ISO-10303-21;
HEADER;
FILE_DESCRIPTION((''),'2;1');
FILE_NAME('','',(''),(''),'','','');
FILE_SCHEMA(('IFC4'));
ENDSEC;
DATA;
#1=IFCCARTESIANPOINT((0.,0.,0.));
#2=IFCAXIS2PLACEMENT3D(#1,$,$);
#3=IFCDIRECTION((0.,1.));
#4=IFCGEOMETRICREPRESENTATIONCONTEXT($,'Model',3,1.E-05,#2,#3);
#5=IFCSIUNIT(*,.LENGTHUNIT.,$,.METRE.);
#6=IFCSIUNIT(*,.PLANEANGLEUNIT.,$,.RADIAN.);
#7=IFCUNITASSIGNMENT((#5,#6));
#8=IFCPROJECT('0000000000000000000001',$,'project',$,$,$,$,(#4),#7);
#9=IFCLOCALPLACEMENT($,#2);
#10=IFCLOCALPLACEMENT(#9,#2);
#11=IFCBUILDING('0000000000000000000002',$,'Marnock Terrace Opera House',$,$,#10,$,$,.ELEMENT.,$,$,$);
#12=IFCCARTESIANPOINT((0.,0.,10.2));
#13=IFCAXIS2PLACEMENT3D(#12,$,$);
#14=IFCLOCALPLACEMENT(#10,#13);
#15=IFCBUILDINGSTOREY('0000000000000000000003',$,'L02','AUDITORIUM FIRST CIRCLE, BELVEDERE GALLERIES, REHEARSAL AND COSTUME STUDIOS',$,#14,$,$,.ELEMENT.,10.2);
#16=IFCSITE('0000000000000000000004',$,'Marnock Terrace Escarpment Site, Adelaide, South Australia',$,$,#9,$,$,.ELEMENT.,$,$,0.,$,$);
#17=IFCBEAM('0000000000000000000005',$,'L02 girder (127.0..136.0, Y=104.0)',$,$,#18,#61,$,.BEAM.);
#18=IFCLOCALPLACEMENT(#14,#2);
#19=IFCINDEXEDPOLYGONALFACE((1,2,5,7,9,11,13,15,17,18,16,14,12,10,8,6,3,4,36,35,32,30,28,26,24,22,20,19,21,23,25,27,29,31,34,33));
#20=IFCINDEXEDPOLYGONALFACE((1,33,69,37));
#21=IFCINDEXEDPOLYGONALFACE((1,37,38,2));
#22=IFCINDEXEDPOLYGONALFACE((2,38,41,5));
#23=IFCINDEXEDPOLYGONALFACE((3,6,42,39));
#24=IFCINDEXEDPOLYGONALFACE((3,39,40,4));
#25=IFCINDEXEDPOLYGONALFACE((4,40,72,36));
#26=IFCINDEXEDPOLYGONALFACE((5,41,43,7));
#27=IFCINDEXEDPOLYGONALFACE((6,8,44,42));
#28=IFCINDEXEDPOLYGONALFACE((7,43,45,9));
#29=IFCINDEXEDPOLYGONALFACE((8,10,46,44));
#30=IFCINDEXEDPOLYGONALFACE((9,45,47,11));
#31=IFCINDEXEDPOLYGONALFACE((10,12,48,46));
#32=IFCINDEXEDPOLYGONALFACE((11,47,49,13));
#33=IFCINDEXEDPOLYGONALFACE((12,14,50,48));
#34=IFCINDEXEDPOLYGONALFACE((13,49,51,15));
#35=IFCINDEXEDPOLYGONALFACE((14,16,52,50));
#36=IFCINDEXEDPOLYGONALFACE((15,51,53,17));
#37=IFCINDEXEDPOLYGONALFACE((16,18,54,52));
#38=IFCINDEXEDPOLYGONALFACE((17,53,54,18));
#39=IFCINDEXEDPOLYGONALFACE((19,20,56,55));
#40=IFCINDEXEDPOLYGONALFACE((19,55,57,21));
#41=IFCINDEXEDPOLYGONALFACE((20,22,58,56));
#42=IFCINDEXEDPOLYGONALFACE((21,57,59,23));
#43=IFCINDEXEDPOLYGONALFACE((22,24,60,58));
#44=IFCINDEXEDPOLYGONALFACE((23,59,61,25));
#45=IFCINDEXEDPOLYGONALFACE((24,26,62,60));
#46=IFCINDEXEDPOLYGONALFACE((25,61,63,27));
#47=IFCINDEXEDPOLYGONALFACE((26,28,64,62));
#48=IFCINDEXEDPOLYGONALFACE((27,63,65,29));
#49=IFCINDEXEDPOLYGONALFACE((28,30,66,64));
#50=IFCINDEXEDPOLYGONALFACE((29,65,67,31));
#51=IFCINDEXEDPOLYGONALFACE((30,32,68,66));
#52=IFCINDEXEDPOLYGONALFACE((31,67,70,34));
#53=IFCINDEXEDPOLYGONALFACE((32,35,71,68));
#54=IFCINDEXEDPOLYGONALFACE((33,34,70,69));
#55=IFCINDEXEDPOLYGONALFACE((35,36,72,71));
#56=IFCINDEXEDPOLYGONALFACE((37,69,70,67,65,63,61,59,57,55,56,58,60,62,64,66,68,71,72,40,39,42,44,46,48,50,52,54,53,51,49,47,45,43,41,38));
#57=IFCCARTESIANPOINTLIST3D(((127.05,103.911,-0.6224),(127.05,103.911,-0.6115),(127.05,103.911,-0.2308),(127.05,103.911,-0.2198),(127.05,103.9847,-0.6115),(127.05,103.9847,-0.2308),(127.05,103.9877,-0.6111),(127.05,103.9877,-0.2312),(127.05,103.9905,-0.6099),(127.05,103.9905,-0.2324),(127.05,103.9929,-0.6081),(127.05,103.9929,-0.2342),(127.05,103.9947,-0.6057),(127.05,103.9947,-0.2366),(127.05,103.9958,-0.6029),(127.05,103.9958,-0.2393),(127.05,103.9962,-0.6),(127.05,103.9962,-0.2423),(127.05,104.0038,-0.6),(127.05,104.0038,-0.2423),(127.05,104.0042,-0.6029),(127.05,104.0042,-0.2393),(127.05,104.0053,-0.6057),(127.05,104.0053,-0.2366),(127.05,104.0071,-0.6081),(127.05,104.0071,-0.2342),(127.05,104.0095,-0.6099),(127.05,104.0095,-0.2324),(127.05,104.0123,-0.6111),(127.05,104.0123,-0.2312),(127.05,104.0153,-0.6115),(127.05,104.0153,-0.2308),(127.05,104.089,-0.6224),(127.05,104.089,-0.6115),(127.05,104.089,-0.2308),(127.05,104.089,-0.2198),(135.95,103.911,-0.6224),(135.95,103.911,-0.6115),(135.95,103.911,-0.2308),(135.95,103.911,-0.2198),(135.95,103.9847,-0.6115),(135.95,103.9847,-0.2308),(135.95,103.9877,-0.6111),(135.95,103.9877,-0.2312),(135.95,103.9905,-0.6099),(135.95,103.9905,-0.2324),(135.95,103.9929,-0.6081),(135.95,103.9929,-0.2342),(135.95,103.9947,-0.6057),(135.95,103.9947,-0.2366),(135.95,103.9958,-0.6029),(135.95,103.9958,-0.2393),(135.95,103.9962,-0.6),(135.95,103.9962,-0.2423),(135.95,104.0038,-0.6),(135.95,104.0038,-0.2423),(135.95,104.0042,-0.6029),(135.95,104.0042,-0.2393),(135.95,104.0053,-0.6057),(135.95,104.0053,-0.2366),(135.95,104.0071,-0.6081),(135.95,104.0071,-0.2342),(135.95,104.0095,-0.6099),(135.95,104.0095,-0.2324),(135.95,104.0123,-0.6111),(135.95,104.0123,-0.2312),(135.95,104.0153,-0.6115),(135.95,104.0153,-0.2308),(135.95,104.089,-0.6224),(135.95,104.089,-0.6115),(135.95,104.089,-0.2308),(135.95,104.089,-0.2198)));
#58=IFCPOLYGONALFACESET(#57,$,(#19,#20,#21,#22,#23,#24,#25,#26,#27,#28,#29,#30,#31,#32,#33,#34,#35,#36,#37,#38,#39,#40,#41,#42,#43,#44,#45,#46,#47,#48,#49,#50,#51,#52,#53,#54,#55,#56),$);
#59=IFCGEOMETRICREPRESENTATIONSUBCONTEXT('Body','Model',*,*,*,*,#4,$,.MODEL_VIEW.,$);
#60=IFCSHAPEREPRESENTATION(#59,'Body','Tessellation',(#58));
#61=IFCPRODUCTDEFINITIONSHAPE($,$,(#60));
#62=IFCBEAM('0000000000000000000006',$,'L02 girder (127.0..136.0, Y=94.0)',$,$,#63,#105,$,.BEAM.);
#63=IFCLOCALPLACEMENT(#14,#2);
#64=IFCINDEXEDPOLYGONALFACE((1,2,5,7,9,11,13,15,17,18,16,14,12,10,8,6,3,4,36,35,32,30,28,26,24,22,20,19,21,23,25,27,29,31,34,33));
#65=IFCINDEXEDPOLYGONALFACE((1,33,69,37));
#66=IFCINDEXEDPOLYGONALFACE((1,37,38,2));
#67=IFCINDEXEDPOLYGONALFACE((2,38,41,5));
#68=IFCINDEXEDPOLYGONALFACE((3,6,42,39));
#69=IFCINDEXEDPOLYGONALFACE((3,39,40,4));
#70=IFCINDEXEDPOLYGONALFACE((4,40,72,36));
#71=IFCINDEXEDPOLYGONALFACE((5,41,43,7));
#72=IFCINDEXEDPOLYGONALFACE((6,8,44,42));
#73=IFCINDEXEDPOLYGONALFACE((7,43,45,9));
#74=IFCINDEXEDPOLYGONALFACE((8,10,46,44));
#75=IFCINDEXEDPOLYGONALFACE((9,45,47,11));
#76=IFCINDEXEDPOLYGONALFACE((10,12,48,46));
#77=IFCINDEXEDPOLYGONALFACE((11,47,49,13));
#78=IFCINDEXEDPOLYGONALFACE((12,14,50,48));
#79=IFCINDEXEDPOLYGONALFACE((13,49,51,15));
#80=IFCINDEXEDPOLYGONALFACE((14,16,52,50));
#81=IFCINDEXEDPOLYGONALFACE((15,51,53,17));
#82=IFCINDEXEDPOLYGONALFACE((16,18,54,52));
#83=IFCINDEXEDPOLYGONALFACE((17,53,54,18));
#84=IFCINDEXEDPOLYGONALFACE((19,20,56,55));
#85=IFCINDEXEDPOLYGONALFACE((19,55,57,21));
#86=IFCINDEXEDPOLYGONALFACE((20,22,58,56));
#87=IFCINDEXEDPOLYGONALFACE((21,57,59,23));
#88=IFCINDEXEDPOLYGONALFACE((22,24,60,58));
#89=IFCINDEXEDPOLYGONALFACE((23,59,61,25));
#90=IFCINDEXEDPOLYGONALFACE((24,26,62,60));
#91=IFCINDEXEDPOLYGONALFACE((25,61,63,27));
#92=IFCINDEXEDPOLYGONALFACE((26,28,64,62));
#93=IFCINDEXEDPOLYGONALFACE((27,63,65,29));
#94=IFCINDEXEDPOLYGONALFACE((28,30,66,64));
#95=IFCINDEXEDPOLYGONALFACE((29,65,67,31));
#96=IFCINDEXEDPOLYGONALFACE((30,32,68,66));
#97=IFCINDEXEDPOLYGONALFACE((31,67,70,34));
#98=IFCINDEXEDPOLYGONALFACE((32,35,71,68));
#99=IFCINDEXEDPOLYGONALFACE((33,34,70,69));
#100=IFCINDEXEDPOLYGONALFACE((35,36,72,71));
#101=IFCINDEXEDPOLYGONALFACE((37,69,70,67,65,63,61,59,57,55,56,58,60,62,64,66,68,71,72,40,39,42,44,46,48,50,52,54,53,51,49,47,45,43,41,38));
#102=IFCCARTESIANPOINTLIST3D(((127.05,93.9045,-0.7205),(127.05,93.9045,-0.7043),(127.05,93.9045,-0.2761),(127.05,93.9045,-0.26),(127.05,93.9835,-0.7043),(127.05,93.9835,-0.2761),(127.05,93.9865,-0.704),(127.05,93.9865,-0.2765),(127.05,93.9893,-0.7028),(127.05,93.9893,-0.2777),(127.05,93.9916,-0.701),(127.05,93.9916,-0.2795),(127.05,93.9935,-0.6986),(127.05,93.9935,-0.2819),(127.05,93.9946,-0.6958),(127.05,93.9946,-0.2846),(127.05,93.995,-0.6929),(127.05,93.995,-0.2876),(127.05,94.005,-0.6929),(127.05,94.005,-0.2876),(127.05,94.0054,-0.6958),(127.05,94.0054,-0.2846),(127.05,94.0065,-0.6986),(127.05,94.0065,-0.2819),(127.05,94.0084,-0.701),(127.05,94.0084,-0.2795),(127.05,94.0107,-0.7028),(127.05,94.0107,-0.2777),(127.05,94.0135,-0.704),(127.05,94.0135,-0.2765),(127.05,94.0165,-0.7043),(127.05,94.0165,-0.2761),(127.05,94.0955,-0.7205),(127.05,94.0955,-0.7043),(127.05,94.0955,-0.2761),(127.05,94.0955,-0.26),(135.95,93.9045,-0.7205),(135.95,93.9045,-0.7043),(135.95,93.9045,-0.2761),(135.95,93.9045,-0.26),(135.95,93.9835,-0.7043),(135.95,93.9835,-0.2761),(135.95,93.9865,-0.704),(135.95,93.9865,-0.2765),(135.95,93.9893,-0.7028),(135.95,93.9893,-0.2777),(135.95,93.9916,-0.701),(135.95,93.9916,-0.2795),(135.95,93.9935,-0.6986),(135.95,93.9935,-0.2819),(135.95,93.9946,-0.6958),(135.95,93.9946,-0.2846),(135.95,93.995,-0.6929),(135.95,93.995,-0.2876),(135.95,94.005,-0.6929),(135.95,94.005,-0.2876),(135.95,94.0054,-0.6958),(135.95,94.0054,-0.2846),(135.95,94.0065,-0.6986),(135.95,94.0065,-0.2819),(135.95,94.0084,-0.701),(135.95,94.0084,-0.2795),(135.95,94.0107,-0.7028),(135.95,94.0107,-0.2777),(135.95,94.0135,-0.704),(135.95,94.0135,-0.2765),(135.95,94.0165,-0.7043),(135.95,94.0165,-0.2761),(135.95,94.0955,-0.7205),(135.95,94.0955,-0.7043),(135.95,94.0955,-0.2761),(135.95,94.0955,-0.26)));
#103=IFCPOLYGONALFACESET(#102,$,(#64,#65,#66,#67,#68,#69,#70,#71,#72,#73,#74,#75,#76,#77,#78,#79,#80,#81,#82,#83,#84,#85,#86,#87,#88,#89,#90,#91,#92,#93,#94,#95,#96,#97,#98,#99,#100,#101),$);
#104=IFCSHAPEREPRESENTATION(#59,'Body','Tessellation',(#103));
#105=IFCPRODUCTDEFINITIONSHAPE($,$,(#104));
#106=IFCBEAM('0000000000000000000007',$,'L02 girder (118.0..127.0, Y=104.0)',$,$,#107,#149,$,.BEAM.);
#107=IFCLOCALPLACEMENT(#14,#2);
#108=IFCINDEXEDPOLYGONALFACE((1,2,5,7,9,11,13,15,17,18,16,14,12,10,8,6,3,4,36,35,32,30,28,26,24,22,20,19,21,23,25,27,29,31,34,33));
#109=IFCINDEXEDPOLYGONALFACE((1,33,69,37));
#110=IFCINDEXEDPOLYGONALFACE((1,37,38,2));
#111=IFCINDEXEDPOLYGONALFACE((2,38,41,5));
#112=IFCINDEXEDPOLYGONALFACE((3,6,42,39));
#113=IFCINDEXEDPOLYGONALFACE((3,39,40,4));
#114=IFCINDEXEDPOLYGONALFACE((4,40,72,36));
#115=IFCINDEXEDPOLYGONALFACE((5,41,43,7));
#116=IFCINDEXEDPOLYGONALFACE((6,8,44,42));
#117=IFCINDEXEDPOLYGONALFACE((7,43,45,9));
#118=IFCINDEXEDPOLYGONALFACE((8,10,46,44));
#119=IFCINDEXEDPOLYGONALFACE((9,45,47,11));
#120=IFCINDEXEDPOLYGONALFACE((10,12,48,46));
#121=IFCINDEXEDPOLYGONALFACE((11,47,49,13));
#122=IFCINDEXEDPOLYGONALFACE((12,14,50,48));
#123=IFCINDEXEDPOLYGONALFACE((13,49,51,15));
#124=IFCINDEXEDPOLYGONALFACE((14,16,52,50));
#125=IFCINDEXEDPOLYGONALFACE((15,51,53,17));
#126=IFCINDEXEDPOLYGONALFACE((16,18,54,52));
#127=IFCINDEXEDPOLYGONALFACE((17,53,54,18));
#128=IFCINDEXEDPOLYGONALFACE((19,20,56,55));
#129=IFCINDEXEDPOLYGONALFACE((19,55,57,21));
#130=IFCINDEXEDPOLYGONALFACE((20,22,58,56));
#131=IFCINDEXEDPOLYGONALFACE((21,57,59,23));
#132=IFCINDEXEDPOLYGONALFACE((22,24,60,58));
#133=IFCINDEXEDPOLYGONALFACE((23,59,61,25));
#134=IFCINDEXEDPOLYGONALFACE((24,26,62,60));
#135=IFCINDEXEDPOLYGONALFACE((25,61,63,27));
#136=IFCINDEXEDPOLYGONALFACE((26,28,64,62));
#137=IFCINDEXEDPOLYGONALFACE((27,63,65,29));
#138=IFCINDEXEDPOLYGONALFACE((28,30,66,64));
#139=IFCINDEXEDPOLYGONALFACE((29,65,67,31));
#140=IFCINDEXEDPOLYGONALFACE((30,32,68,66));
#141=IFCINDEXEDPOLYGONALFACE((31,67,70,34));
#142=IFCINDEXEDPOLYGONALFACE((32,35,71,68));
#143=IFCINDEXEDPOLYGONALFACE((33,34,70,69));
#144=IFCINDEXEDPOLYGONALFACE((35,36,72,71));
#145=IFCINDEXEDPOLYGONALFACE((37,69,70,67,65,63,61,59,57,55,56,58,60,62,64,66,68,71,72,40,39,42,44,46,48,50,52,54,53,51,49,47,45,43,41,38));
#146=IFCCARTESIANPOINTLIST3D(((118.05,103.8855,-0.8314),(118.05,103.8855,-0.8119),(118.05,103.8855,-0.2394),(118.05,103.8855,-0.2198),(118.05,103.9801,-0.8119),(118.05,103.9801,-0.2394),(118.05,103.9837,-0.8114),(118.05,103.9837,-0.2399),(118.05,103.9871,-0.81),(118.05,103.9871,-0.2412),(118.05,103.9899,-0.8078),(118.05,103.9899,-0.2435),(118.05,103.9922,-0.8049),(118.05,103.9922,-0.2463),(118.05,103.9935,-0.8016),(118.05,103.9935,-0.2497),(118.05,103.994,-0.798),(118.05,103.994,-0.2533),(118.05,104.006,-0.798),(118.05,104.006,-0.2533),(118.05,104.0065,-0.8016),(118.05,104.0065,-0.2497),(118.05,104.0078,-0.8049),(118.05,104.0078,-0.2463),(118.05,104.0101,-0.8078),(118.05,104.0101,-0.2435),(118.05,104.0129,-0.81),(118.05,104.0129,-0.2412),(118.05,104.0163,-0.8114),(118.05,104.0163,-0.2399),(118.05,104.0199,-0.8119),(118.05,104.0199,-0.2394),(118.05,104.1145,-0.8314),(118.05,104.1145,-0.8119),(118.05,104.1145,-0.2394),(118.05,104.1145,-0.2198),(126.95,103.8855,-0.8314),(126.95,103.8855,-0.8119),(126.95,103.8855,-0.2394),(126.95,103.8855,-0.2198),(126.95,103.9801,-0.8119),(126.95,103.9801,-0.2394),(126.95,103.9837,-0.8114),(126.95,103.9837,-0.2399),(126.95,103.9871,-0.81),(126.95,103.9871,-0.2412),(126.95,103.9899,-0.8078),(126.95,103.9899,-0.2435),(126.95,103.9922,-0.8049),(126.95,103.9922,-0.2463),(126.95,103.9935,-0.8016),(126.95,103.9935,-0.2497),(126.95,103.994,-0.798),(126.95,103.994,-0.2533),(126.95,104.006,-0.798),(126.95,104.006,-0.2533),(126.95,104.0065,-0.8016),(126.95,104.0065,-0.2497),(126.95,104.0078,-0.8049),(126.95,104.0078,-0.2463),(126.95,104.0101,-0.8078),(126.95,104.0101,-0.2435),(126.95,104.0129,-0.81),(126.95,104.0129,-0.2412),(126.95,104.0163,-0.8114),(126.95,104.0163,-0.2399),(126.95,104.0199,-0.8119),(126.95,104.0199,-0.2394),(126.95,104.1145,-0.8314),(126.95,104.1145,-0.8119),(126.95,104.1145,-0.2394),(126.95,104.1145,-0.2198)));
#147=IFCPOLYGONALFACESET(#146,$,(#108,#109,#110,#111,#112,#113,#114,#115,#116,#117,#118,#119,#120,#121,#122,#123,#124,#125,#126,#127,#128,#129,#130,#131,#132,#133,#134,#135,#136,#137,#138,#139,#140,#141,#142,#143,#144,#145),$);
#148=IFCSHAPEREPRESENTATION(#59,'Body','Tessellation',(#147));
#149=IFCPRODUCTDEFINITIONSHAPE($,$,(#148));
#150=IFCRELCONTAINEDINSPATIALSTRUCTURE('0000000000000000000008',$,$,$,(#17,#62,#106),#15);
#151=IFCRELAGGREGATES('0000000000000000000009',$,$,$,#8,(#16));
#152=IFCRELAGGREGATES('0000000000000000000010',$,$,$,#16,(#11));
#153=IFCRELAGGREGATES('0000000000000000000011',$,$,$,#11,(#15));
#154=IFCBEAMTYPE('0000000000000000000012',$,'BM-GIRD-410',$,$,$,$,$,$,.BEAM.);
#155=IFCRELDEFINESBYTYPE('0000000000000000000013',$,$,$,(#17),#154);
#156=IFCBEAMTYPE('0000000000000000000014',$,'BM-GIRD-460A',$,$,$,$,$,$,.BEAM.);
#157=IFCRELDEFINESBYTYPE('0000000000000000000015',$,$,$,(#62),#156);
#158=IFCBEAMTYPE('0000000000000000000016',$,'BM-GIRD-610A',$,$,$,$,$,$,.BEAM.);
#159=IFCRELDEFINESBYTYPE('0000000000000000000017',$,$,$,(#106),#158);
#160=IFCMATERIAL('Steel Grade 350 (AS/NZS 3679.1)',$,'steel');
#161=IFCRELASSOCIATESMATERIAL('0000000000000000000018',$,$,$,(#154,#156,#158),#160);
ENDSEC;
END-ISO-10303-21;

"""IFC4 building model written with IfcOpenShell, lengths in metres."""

from ifc_helpers import new_model, si_unit, direction, frame, origin, origin_2d, place, context, subcontext, project, spatial, i_section, extrude, material, material_profile, profile_set, type_object, element, save


model = new_model("IFC4")

# Units and contexts
model_context = context("Model", 3, precision=1e-05, world=origin(), true_north=direction((0.0, 1.0)))
body_context = subcontext(model_context, "Body", "Model", "MODEL_VIEW")
ifc_project = project(units=[si_unit("LENGTHUNIT", "METRE"), si_unit("PLANEANGLEUNIT", "RADIAN")], contexts=[model_context])

# Site, building, storey
site_placement = place(None, origin())
site = spatial("IfcSite", under=ifc_project, at=site_placement, Name="Marnock Terrace Escarpment Site, Adelaide, South Australia", CompositionType="ELEMENT", RefElevation=0.0)
building_placement = place(site_placement, origin())
building = spatial("IfcBuilding", under=site, at=building_placement, Name="Marnock Terrace Opera House", CompositionType="ELEMENT")
storey_placement = place(building_placement, frame((0.0, 0.0, 10.2)))
storey = spatial("IfcBuildingStorey", under=building, at=storey_placement, Name="L02", Description="AUDITORIUM FIRST CIRCLE, BELVEDERE GALLERIES, REHEARSAL AND COSTUME STUDIOS", CompositionType="ELEMENT", Elevation=10.2)

# Beams
ifc_material_1 = material(Name="Steel Grade 350 (AS/NZS 3679.1)", Category="steel")
ifc_material_profile_1 = material_profile(ifc_material_1, i_section(OverallWidth=0.178, OverallDepth=0.4026, WebThickness=0.0076, FlangeThickness=0.011, FilletRadius=0.0115, at=origin_2d()))
ifc_profile_set_1 = profile_set([ifc_material_profile_1], Name="Steel Grade 350 (AS/NZS 3679.1)")
beam_type_1 = type_object("IfcBeamType", Name="BM-GIRD-410", PredefinedType="BEAM", material=ifc_profile_set_1)
for number, where, z_axis, x_axis, name in (
    (1, (127.05, 104.0, -0.4211), (1.0, 0.0, 0.0), (0.0, 1.0, 0.0), "L02 girder (127.0..136.0, Y=104.0)"),
):
    element("IfcBeam", number, at=place(storey_placement, frame(where, z_axis=z_axis, x_axis=x_axis)), inside=storey, type_object=beam_type_1, Name=name, PredefinedType="BEAM", context=body_context, shape_type="SweptSolid", body=[
        extrude(i_section(OverallWidth=0.178, OverallDepth=0.4026, WebThickness=0.0076, FlangeThickness=0.011, FilletRadius=0.0115, at=origin_2d()), origin(), (0.0, 0.0, 1.0), 8.8999),
    ])
ifc_material_profile_2 = material_profile(ifc_material_1, i_section(OverallWidth=0.1909, OverallDepth=0.4604, WebThickness=0.01, FlangeThickness=0.0161, FilletRadius=0.0115, at=origin_2d()))
ifc_profile_set_2 = profile_set([ifc_material_profile_2], Name="Steel Grade 350 (AS/NZS 3679.1)")
beam_type_2 = type_object("IfcBeamType", Name="BM-GIRD-460A", PredefinedType="BEAM", material=ifc_profile_set_2)
beam_1_placement = place(storey_placement, frame((127.05, 94.0, -0.4902), z_axis=(1.0, 0.0, 0.0), x_axis=(0.0, 1.0, 0.0)))
element("IfcBeam", 2, at=beam_1_placement, inside=storey, type_object=beam_type_2, Name="L02 girder (127.0..136.0, Y=94.0)", PredefinedType="BEAM", context=body_context, shape_type="SweptSolid", body=[
    extrude(i_section(OverallWidth=0.1909, OverallDepth=0.4604, WebThickness=0.01, FlangeThickness=0.0161, FilletRadius=0.0115, at=origin_2d()), origin(), (0.0, 0.0, 1.0), 8.8999),
])
ifc_material_profile_3 = material_profile(ifc_material_1, i_section(OverallWidth=0.229, OverallDepth=0.6116, WebThickness=0.012, FlangeThickness=0.0195, FilletRadius=0.0139, at=origin_2d()))
ifc_profile_set_3 = profile_set([ifc_material_profile_3], Name="Steel Grade 350 (AS/NZS 3679.1)")
beam_type_3 = type_object("IfcBeamType", Name="BM-GIRD-610A", PredefinedType="BEAM", material=ifc_profile_set_3)
beam_2_placement = place(storey_placement, frame((118.05, 104.0, -0.5256), z_axis=(1.0, 0.0, 0.0), x_axis=(0.0, 1.0, 0.0)))
element("IfcBeam", 3, at=beam_2_placement, inside=storey, type_object=beam_type_3, Name="L02 girder (118.0..127.0, Y=104.0)", PredefinedType="BEAM", context=body_context, shape_type="SweptSolid", body=[
    extrude(i_section(OverallWidth=0.229, OverallDepth=0.6116, WebThickness=0.012, FlangeThickness=0.0195, FilletRadius=0.0139, at=origin_2d()), origin(), (0.0, 0.0, 1.0), 8.8999),
])

save(model, "model.ifc")
